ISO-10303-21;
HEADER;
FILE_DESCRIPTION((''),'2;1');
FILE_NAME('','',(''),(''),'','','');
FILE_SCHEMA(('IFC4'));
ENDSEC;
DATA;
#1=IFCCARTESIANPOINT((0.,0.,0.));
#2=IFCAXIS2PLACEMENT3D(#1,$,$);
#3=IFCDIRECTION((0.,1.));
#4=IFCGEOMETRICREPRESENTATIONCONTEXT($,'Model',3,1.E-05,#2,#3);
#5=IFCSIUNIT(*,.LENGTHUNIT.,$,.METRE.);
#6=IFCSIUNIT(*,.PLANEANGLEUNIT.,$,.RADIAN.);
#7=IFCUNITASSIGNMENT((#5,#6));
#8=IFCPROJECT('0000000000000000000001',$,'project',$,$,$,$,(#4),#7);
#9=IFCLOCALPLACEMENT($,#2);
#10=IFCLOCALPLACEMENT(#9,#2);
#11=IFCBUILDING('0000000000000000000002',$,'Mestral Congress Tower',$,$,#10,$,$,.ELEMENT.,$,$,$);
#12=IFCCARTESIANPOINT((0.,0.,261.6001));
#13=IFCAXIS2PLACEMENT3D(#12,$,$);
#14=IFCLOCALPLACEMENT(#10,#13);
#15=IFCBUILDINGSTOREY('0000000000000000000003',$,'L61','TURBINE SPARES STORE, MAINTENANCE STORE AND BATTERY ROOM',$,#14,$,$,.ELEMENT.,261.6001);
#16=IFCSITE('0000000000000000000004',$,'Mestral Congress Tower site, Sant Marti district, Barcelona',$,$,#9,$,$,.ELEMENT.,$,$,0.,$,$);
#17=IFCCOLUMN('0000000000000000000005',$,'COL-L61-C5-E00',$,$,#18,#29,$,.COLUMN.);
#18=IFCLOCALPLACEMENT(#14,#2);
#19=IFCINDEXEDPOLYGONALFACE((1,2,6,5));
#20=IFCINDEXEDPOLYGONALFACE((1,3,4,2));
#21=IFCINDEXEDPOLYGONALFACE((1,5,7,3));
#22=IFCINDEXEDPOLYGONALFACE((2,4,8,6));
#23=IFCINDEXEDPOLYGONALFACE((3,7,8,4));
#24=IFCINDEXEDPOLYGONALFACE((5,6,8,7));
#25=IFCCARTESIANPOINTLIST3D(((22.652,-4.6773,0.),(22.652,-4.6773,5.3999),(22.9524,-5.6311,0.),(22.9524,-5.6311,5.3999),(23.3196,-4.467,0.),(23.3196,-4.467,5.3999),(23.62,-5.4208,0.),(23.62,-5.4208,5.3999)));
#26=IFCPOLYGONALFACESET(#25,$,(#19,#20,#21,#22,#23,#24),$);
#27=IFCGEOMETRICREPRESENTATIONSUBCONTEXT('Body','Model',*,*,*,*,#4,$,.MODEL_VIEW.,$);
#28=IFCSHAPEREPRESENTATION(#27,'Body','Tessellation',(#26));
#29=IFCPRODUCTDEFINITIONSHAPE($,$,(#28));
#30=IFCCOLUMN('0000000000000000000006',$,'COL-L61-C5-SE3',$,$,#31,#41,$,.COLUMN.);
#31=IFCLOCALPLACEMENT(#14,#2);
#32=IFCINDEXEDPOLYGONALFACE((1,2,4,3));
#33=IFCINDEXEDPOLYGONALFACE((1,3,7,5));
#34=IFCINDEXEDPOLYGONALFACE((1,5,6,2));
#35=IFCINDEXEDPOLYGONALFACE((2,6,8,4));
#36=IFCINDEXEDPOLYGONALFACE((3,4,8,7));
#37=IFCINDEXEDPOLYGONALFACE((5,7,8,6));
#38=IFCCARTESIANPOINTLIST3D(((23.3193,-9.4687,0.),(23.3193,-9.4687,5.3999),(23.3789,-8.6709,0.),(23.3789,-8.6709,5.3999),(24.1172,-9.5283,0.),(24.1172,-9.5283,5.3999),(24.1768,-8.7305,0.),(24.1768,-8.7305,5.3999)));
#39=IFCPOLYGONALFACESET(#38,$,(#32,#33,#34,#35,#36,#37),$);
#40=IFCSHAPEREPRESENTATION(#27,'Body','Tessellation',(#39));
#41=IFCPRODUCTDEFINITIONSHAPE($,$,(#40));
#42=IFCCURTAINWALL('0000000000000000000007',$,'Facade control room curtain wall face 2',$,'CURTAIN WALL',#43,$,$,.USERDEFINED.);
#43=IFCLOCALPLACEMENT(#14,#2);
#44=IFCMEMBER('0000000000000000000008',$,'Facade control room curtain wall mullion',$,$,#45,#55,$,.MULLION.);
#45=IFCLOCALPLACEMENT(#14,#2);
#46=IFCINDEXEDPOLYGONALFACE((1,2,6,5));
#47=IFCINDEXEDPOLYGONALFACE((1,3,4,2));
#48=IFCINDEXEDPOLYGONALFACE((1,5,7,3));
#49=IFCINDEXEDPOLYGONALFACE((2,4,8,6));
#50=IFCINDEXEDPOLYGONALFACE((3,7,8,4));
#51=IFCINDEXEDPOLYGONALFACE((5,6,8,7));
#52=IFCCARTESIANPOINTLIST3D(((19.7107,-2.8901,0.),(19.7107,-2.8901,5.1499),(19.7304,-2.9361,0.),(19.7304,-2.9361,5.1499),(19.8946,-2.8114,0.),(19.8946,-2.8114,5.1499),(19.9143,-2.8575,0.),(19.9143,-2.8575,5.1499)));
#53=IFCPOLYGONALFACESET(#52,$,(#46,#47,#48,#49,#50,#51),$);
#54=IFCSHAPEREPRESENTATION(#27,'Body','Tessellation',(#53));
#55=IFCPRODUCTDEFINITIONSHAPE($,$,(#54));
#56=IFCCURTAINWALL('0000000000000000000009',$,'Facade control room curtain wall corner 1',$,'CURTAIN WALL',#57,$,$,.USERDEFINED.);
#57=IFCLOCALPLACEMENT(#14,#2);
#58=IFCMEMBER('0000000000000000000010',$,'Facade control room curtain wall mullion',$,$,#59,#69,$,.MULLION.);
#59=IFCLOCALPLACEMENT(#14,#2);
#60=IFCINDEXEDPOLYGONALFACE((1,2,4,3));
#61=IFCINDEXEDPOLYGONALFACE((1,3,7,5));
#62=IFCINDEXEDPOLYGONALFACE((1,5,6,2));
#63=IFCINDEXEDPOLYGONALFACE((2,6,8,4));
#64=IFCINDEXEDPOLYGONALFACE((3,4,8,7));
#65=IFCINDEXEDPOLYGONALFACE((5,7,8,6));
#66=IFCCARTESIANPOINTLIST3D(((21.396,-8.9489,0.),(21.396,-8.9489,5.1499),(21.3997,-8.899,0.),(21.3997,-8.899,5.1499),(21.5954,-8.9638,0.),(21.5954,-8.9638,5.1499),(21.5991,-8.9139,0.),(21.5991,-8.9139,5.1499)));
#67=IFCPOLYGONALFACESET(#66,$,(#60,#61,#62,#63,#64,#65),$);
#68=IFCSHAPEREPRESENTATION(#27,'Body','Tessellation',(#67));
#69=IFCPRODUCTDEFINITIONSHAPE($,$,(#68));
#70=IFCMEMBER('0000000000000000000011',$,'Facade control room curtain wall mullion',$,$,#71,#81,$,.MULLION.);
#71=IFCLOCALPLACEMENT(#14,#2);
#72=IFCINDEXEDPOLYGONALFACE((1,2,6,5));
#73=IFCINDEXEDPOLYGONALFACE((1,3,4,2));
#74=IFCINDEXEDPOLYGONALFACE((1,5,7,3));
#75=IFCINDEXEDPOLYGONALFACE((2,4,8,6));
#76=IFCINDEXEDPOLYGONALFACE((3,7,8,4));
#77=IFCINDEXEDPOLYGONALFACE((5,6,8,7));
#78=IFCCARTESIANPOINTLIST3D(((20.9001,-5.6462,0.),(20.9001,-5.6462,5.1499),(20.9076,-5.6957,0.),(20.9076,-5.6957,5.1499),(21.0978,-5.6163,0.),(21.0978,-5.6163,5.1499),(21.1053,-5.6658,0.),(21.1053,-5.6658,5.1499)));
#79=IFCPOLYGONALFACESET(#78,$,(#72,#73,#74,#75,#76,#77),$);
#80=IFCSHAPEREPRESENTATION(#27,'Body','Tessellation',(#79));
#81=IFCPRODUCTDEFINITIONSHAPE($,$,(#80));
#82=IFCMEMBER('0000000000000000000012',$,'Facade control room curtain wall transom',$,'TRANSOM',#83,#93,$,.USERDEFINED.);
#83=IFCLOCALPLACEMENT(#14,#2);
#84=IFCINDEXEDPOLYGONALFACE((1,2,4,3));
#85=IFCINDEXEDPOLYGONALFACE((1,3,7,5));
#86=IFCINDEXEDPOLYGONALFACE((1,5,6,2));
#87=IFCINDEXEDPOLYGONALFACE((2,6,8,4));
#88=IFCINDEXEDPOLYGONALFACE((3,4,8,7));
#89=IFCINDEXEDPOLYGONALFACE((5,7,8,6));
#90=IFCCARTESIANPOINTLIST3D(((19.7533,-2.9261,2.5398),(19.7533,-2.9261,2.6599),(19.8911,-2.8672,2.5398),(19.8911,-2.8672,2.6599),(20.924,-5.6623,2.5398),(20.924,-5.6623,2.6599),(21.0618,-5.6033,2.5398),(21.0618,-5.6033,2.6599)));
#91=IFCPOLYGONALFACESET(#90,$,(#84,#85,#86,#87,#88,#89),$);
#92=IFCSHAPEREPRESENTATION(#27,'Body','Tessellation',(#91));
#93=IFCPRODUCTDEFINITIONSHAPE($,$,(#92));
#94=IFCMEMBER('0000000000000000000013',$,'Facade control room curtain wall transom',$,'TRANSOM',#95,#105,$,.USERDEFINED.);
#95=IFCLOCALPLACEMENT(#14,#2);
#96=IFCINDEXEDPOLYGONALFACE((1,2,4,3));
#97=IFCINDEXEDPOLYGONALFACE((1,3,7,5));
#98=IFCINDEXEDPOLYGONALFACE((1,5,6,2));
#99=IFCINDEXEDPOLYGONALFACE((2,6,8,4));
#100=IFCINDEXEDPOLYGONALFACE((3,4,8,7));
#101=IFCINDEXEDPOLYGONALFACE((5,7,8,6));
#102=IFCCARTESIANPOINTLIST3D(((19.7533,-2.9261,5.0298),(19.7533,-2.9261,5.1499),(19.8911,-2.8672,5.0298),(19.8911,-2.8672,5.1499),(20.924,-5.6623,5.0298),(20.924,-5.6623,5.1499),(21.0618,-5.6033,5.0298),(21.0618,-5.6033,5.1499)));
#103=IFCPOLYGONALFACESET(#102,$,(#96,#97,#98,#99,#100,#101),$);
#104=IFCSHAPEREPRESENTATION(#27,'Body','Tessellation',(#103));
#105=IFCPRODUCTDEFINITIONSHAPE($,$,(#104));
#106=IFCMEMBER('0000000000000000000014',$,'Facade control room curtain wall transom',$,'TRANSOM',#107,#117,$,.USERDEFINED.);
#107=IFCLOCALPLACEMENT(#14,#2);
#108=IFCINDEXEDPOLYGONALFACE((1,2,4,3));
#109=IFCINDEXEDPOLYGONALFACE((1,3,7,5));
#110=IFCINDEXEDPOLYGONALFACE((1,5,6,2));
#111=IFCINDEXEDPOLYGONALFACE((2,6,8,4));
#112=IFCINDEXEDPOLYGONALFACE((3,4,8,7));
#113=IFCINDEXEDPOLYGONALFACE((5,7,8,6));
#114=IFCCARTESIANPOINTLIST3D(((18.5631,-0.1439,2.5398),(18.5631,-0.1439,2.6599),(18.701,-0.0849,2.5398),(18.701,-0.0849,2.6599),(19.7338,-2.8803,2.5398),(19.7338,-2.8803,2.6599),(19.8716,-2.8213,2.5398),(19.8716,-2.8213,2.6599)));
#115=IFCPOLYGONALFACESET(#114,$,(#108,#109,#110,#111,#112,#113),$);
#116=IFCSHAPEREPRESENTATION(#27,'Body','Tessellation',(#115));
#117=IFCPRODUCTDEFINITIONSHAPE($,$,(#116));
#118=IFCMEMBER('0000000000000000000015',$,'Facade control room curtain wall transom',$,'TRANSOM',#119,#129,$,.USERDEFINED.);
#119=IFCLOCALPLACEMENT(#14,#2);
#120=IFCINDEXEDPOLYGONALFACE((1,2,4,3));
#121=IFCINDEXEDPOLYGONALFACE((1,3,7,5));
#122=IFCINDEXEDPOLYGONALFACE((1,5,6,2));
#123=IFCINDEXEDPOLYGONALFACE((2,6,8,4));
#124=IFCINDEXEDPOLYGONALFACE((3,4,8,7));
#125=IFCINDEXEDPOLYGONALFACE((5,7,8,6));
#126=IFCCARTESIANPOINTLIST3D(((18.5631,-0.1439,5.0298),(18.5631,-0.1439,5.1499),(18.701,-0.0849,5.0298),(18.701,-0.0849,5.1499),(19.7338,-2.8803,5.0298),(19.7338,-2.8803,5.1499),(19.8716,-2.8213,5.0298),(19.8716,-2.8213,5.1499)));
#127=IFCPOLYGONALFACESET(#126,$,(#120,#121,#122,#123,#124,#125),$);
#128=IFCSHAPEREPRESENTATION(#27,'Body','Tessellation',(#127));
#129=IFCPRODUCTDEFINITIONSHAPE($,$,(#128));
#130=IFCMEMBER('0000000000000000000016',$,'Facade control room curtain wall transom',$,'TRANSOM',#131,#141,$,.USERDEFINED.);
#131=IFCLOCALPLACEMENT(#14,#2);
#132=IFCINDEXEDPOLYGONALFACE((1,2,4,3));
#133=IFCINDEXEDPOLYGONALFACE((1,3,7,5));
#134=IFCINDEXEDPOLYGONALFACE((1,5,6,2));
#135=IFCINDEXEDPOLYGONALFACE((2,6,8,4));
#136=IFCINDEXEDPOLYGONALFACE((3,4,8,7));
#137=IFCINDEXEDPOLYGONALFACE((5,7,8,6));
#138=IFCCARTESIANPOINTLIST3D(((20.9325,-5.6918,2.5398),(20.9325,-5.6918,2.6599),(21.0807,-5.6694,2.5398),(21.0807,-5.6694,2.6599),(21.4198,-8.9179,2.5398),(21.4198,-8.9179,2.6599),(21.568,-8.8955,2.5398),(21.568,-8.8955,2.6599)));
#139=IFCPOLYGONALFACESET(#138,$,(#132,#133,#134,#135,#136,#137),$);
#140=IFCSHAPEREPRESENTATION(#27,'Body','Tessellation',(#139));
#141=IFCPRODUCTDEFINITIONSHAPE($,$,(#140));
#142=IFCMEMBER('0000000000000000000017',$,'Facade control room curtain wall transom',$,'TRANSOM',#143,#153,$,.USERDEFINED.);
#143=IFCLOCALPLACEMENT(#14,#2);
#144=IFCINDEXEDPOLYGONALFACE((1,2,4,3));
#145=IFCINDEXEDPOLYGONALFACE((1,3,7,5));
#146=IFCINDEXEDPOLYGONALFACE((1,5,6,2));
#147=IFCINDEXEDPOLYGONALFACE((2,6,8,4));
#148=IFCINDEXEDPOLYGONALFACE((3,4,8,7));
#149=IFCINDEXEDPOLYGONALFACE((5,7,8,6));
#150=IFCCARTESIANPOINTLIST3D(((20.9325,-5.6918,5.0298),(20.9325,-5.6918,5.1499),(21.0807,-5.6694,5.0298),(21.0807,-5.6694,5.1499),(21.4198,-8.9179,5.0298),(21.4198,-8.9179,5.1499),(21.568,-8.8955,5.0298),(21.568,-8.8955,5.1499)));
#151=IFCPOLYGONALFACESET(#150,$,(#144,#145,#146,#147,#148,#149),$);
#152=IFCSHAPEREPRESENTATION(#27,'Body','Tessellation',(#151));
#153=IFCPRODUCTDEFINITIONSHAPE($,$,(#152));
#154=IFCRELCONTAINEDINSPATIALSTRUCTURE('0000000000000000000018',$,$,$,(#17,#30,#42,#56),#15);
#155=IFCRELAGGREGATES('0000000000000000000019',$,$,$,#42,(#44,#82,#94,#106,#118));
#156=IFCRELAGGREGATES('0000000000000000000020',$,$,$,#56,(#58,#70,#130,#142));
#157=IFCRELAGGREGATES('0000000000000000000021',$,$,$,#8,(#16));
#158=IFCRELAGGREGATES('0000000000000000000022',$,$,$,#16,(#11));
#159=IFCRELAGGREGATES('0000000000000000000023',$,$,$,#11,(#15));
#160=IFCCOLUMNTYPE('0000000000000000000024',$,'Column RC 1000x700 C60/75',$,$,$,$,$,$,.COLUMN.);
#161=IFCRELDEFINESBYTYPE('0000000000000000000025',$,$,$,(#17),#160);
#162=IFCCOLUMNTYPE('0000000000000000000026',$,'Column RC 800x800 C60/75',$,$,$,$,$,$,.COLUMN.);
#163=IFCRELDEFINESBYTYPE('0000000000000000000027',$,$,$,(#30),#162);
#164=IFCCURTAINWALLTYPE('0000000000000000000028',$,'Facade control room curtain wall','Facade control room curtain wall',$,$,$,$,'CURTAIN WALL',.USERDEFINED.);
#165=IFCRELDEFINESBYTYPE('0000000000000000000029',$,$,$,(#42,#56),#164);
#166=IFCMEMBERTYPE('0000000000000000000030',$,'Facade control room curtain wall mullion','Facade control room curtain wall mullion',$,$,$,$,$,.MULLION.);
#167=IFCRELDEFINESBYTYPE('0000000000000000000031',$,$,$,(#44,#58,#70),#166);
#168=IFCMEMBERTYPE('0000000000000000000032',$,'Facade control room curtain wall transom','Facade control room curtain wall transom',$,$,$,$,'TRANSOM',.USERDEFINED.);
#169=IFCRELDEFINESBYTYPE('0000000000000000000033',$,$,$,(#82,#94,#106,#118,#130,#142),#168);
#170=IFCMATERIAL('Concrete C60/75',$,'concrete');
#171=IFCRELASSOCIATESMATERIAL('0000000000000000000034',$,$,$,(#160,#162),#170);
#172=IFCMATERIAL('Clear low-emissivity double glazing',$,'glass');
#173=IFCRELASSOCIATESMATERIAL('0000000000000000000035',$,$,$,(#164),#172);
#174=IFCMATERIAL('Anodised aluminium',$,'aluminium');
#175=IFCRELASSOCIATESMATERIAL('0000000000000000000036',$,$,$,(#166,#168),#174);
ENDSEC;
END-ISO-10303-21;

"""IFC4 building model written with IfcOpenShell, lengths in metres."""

from ifc_helpers import new_model, si_unit, direction, frame, origin, origin_2d, place, context, subcontext, project, spatial, rectangle, extrude, material, material_profile, profile_set, type_object, element, aggregate, save


model = new_model("IFC4")

# Units and contexts
model_context = context("Model", 3, precision=1e-05, world=origin(), true_north=direction((0.0, 1.0)))
body_context = subcontext(model_context, "Body", "Model", "MODEL_VIEW")
ifc_project = project(units=[si_unit("LENGTHUNIT", "METRE"), si_unit("PLANEANGLEUNIT", "RADIAN")], contexts=[model_context])

# Site, building, storey
site_placement = place(None, origin())
site = spatial("IfcSite", under=ifc_project, at=site_placement, Name="Mestral Congress Tower site, Sant Marti district, Barcelona", CompositionType="ELEMENT", RefElevation=0.0)
building_placement = place(site_placement, origin())
building = spatial("IfcBuilding", under=site, at=building_placement, Name="Mestral Congress Tower", CompositionType="ELEMENT")
storey_placement = place(building_placement, frame((0.0, 0.0, 261.6001)))
storey = spatial("IfcBuildingStorey", under=building, at=storey_placement, Name="L61", Description="TURBINE SPARES STORE, MAINTENANCE STORE AND BATTERY ROOM", CompositionType="ELEMENT", Elevation=261.6001)

# Columns
ifc_material_1 = material(Name="Concrete C60/75", Category="concrete")
ifc_material_profile_1 = material_profile(ifc_material_1, rectangle(XDim=1.0, YDim=0.7, at=origin_2d()), Name="RC 1000x700")
ifc_profile_set_1 = profile_set([ifc_material_profile_1], Name="Concrete C60/75")
column_type_1 = type_object("IfcColumnType", Name="Column RC 1000x700 C60/75", PredefinedType="COLUMN", material=ifc_profile_set_1)
column_1_placement = place(storey_placement, frame((23.136, -5.0491, 0.0), z_axis=(0.0, 0.0, 1.0), x_axis=(-0.300431, 0.953804, 0.0)))
element("IfcColumn", 1, at=column_1_placement, inside=storey, type_object=column_type_1, Name="COL-L61-C5-E00", PredefinedType="COLUMN", context=body_context, shape_type="SweptSolid", body=[
    extrude(rectangle(XDim=1.0, YDim=0.7, at=origin_2d()), origin(), (0.0, 0.0, 1.0), 5.3999),
])
ifc_material_profile_2 = material_profile(ifc_material_1, rectangle(XDim=0.8, YDim=0.8, at=origin_2d()), Name="RC 800x800")
ifc_profile_set_2 = profile_set([ifc_material_profile_2], Name="Concrete C60/75")
column_type_2 = type_object("IfcColumnType", Name="Column RC 800x800 C60/75", PredefinedType="COLUMN", material=ifc_profile_set_2)
column_2_placement = place(storey_placement, frame((23.748, -9.0996, 0.0), z_axis=(0.0, 0.0, 1.0), x_axis=(0.074511, 0.99722, 0.0)))
element("IfcColumn", 2, at=column_2_placement, inside=storey, type_object=column_type_2, Name="COL-L61-C5-SE3", PredefinedType="COLUMN", context=body_context, shape_type="SweptSolid", body=[
    extrude(rectangle(XDim=0.8, YDim=0.8, at=origin_2d()), origin(), (0.0, 0.0, 1.0), 5.3999),
])

# Curtain wall, member
ifc_material_2 = material(Name="Clear low-emissivity double glazing", Category="glass")
curtain_wall_type = type_object("IfcCurtainWallType", Name="Facade control room curtain wall", Description="Facade control room curtain wall", ElementType="CURTAIN WALL", PredefinedType="USERDEFINED", material=ifc_material_2)
placement = place(storey_placement, origin())
curtain_wall_1 = element("IfcCurtainWall", 3, at=placement, inside=storey, type_object=curtain_wall_type, Name="Facade control room curtain wall face 2", ObjectType="CURTAIN WALL", PredefinedType="USERDEFINED")
ifc_material_3 = material(Name="Anodised aluminium", Category="aluminium")
ifc_material_profile_3 = material_profile(ifc_material_3, rectangle(XDim=0.2, YDim=0.05, at=origin_2d()), Name="CW5 mullion 200 x 50")
ifc_profile_set_3 = profile_set([ifc_material_profile_3], Name="Anodised aluminium")
member_type_1 = type_object("IfcMemberType", Name="Facade control room curtain wall mullion", Description="Facade control room curtain wall mullion", PredefinedType="MULLION", material=ifc_profile_set_3)
member_1_placement = place(storey_placement, frame((19.8125, -2.8738, 0.0), z_axis=(0.0, 0.0, 1.0), x_axis=(0.91939, 0.393348, 0.0)))
member_1 = element("IfcMember", 4, at=member_1_placement, type_object=member_type_1, Name="Facade control room curtain wall mullion", PredefinedType="MULLION", context=body_context, shape_type="SweptSolid", body=[
    extrude(rectangle(XDim=0.2, YDim=0.05, at=origin_2d()), origin(), (0.0, 0.0, 1.0), 5.1499),
])

# Curtain wall, members
curtain_wall_2 = element("IfcCurtainWall", 5, at=placement, inside=storey, type_object=curtain_wall_type, Name="Facade control room curtain wall corner 1", ObjectType="CURTAIN WALL", PredefinedType="USERDEFINED")
member_2_placement = place(storey_placement, frame((21.4976, -8.9314, 0.0), z_axis=(0.0, 0.0, 1.0), x_axis=(0.99722, -0.074511, 0.0)))
member_2 = element("IfcMember", 6, at=member_2_placement, type_object=member_type_1, Name="Facade control room curtain wall mullion", PredefinedType="MULLION", context=body_context, shape_type="SweptSolid", body=[
    extrude(rectangle(XDim=0.2, YDim=0.05, at=origin_2d()), origin(), (0.0, 0.0, 1.0), 5.1499),
])
member_3_placement = place(storey_placement, frame((21.0027, -5.656, 0.0), z_axis=(0.0, 0.0, 1.0), x_axis=(0.988782, 0.149368, 0.0)))
member_3 = element("IfcMember", 7, at=member_3_placement, type_object=member_type_1, Name="Facade control room curtain wall mullion", PredefinedType="MULLION", context=body_context, shape_type="SweptSolid", body=[
    extrude(rectangle(XDim=0.2, YDim=0.05, at=origin_2d()), origin(), (0.0, 0.0, 1.0), 5.1499),
])

# Members
ifc_material_profile_4 = material_profile(ifc_material_3, rectangle(XDim=0.1499, YDim=0.1201, at=origin_2d()), Name="CW5 transom 150 x 120")
ifc_profile_set_4 = profile_set([ifc_material_profile_4], Name="Anodised aluminium")
member_type_2 = type_object("IfcMemberType", Name="Facade control room curtain wall transom", Description="Facade control room curtain wall transom", ElementType="TRANSOM", PredefinedType="USERDEFINED", material=ifc_profile_set_4)
member_4_placement = place(storey_placement, frame((20.9929, -5.6328, 2.5999), z_axis=(-0.393365, 0.919382, 0.0), x_axis=(-0.919382, -0.393365, 0.0)))
member_4 = element("IfcMember", 8, at=member_4_placement, type_object=member_type_2, Name="Facade control room curtain wall transom", ObjectType="TRANSOM", PredefinedType="USERDEFINED", context=body_context, shape_type="SweptSolid", body=[
    extrude(rectangle(XDim=0.1499, YDim=0.1201, at=origin_2d()), origin(), (0.0, 0.0, 1.0), 2.9761),
])
member_5_placement = place(storey_placement, frame((20.9929, -5.6328, 5.0898), z_axis=(-0.393365, 0.919382, 0.0), x_axis=(-0.919382, -0.393365, 0.0)))
member_5 = element("IfcMember", 9, at=member_5_placement, type_object=member_type_2, Name="Facade control room curtain wall transom", ObjectType="TRANSOM", PredefinedType="USERDEFINED", context=body_context, shape_type="SweptSolid", body=[
    extrude(rectangle(XDim=0.1499, YDim=0.1201, at=origin_2d()), origin(), (0.0, 0.0, 1.0), 2.9761),
])
member_6_placement = place(storey_placement, frame((19.8027, -2.8508, 2.5999), z_axis=(-0.393335, 0.919395, 0.0), x_axis=(-0.919395, -0.393335, 0.0)))
member_6 = element("IfcMember", 10, at=member_6_placement, type_object=member_type_2, Name="Facade control room curtain wall transom", ObjectType="TRANSOM", PredefinedType="USERDEFINED", context=body_context, shape_type="SweptSolid", body=[
    extrude(rectangle(XDim=0.1499, YDim=0.1201, at=origin_2d()), origin(), (0.0, 0.0, 1.0), 2.9763),
])
member_7_placement = place(storey_placement, frame((19.8027, -2.8508, 5.0898), z_axis=(-0.393335, 0.919395, 0.0), x_axis=(-0.919395, -0.393335, 0.0)))
member_7 = element("IfcMember", 11, at=member_7_placement, type_object=member_type_2, Name="Facade control room curtain wall transom", ObjectType="TRANSOM", PredefinedType="USERDEFINED", context=body_context, shape_type="SweptSolid", body=[
    extrude(rectangle(XDim=0.1499, YDim=0.1201, at=origin_2d()), origin(), (0.0, 0.0, 1.0), 2.9763),
])
member_8_placement = place(storey_placement, frame((21.4939, -8.9067, 2.5999), z_axis=(-0.149358, 0.988783, 0.0), x_axis=(-0.988783, -0.149358, 0.0)))
member_8 = element("IfcMember", 12, at=member_8_placement, type_object=member_type_2, Name="Facade control room curtain wall transom", ObjectType="TRANSOM", PredefinedType="USERDEFINED", context=body_context, shape_type="SweptSolid", body=[
    extrude(rectangle(XDim=0.1499, YDim=0.1201, at=origin_2d()), origin(), (0.0, 0.0, 1.0), 3.2627),
])
member_9_placement = place(storey_placement, frame((21.4939, -8.9067, 5.0898), z_axis=(-0.149358, 0.988783, 0.0), x_axis=(-0.988783, -0.149358, 0.0)))
member_9 = element("IfcMember", 13, at=member_9_placement, type_object=member_type_2, Name="Facade control room curtain wall transom", ObjectType="TRANSOM", PredefinedType="USERDEFINED", context=body_context, shape_type="SweptSolid", body=[
    extrude(rectangle(XDim=0.1499, YDim=0.1201, at=origin_2d()), origin(), (0.0, 0.0, 1.0), 3.2627),
])

aggregate(curtain_wall_1, [member_1, member_4, member_5, member_6, member_7])
aggregate(curtain_wall_2, [member_2, member_3, member_8, member_9])

save(model, "model.ifc")
